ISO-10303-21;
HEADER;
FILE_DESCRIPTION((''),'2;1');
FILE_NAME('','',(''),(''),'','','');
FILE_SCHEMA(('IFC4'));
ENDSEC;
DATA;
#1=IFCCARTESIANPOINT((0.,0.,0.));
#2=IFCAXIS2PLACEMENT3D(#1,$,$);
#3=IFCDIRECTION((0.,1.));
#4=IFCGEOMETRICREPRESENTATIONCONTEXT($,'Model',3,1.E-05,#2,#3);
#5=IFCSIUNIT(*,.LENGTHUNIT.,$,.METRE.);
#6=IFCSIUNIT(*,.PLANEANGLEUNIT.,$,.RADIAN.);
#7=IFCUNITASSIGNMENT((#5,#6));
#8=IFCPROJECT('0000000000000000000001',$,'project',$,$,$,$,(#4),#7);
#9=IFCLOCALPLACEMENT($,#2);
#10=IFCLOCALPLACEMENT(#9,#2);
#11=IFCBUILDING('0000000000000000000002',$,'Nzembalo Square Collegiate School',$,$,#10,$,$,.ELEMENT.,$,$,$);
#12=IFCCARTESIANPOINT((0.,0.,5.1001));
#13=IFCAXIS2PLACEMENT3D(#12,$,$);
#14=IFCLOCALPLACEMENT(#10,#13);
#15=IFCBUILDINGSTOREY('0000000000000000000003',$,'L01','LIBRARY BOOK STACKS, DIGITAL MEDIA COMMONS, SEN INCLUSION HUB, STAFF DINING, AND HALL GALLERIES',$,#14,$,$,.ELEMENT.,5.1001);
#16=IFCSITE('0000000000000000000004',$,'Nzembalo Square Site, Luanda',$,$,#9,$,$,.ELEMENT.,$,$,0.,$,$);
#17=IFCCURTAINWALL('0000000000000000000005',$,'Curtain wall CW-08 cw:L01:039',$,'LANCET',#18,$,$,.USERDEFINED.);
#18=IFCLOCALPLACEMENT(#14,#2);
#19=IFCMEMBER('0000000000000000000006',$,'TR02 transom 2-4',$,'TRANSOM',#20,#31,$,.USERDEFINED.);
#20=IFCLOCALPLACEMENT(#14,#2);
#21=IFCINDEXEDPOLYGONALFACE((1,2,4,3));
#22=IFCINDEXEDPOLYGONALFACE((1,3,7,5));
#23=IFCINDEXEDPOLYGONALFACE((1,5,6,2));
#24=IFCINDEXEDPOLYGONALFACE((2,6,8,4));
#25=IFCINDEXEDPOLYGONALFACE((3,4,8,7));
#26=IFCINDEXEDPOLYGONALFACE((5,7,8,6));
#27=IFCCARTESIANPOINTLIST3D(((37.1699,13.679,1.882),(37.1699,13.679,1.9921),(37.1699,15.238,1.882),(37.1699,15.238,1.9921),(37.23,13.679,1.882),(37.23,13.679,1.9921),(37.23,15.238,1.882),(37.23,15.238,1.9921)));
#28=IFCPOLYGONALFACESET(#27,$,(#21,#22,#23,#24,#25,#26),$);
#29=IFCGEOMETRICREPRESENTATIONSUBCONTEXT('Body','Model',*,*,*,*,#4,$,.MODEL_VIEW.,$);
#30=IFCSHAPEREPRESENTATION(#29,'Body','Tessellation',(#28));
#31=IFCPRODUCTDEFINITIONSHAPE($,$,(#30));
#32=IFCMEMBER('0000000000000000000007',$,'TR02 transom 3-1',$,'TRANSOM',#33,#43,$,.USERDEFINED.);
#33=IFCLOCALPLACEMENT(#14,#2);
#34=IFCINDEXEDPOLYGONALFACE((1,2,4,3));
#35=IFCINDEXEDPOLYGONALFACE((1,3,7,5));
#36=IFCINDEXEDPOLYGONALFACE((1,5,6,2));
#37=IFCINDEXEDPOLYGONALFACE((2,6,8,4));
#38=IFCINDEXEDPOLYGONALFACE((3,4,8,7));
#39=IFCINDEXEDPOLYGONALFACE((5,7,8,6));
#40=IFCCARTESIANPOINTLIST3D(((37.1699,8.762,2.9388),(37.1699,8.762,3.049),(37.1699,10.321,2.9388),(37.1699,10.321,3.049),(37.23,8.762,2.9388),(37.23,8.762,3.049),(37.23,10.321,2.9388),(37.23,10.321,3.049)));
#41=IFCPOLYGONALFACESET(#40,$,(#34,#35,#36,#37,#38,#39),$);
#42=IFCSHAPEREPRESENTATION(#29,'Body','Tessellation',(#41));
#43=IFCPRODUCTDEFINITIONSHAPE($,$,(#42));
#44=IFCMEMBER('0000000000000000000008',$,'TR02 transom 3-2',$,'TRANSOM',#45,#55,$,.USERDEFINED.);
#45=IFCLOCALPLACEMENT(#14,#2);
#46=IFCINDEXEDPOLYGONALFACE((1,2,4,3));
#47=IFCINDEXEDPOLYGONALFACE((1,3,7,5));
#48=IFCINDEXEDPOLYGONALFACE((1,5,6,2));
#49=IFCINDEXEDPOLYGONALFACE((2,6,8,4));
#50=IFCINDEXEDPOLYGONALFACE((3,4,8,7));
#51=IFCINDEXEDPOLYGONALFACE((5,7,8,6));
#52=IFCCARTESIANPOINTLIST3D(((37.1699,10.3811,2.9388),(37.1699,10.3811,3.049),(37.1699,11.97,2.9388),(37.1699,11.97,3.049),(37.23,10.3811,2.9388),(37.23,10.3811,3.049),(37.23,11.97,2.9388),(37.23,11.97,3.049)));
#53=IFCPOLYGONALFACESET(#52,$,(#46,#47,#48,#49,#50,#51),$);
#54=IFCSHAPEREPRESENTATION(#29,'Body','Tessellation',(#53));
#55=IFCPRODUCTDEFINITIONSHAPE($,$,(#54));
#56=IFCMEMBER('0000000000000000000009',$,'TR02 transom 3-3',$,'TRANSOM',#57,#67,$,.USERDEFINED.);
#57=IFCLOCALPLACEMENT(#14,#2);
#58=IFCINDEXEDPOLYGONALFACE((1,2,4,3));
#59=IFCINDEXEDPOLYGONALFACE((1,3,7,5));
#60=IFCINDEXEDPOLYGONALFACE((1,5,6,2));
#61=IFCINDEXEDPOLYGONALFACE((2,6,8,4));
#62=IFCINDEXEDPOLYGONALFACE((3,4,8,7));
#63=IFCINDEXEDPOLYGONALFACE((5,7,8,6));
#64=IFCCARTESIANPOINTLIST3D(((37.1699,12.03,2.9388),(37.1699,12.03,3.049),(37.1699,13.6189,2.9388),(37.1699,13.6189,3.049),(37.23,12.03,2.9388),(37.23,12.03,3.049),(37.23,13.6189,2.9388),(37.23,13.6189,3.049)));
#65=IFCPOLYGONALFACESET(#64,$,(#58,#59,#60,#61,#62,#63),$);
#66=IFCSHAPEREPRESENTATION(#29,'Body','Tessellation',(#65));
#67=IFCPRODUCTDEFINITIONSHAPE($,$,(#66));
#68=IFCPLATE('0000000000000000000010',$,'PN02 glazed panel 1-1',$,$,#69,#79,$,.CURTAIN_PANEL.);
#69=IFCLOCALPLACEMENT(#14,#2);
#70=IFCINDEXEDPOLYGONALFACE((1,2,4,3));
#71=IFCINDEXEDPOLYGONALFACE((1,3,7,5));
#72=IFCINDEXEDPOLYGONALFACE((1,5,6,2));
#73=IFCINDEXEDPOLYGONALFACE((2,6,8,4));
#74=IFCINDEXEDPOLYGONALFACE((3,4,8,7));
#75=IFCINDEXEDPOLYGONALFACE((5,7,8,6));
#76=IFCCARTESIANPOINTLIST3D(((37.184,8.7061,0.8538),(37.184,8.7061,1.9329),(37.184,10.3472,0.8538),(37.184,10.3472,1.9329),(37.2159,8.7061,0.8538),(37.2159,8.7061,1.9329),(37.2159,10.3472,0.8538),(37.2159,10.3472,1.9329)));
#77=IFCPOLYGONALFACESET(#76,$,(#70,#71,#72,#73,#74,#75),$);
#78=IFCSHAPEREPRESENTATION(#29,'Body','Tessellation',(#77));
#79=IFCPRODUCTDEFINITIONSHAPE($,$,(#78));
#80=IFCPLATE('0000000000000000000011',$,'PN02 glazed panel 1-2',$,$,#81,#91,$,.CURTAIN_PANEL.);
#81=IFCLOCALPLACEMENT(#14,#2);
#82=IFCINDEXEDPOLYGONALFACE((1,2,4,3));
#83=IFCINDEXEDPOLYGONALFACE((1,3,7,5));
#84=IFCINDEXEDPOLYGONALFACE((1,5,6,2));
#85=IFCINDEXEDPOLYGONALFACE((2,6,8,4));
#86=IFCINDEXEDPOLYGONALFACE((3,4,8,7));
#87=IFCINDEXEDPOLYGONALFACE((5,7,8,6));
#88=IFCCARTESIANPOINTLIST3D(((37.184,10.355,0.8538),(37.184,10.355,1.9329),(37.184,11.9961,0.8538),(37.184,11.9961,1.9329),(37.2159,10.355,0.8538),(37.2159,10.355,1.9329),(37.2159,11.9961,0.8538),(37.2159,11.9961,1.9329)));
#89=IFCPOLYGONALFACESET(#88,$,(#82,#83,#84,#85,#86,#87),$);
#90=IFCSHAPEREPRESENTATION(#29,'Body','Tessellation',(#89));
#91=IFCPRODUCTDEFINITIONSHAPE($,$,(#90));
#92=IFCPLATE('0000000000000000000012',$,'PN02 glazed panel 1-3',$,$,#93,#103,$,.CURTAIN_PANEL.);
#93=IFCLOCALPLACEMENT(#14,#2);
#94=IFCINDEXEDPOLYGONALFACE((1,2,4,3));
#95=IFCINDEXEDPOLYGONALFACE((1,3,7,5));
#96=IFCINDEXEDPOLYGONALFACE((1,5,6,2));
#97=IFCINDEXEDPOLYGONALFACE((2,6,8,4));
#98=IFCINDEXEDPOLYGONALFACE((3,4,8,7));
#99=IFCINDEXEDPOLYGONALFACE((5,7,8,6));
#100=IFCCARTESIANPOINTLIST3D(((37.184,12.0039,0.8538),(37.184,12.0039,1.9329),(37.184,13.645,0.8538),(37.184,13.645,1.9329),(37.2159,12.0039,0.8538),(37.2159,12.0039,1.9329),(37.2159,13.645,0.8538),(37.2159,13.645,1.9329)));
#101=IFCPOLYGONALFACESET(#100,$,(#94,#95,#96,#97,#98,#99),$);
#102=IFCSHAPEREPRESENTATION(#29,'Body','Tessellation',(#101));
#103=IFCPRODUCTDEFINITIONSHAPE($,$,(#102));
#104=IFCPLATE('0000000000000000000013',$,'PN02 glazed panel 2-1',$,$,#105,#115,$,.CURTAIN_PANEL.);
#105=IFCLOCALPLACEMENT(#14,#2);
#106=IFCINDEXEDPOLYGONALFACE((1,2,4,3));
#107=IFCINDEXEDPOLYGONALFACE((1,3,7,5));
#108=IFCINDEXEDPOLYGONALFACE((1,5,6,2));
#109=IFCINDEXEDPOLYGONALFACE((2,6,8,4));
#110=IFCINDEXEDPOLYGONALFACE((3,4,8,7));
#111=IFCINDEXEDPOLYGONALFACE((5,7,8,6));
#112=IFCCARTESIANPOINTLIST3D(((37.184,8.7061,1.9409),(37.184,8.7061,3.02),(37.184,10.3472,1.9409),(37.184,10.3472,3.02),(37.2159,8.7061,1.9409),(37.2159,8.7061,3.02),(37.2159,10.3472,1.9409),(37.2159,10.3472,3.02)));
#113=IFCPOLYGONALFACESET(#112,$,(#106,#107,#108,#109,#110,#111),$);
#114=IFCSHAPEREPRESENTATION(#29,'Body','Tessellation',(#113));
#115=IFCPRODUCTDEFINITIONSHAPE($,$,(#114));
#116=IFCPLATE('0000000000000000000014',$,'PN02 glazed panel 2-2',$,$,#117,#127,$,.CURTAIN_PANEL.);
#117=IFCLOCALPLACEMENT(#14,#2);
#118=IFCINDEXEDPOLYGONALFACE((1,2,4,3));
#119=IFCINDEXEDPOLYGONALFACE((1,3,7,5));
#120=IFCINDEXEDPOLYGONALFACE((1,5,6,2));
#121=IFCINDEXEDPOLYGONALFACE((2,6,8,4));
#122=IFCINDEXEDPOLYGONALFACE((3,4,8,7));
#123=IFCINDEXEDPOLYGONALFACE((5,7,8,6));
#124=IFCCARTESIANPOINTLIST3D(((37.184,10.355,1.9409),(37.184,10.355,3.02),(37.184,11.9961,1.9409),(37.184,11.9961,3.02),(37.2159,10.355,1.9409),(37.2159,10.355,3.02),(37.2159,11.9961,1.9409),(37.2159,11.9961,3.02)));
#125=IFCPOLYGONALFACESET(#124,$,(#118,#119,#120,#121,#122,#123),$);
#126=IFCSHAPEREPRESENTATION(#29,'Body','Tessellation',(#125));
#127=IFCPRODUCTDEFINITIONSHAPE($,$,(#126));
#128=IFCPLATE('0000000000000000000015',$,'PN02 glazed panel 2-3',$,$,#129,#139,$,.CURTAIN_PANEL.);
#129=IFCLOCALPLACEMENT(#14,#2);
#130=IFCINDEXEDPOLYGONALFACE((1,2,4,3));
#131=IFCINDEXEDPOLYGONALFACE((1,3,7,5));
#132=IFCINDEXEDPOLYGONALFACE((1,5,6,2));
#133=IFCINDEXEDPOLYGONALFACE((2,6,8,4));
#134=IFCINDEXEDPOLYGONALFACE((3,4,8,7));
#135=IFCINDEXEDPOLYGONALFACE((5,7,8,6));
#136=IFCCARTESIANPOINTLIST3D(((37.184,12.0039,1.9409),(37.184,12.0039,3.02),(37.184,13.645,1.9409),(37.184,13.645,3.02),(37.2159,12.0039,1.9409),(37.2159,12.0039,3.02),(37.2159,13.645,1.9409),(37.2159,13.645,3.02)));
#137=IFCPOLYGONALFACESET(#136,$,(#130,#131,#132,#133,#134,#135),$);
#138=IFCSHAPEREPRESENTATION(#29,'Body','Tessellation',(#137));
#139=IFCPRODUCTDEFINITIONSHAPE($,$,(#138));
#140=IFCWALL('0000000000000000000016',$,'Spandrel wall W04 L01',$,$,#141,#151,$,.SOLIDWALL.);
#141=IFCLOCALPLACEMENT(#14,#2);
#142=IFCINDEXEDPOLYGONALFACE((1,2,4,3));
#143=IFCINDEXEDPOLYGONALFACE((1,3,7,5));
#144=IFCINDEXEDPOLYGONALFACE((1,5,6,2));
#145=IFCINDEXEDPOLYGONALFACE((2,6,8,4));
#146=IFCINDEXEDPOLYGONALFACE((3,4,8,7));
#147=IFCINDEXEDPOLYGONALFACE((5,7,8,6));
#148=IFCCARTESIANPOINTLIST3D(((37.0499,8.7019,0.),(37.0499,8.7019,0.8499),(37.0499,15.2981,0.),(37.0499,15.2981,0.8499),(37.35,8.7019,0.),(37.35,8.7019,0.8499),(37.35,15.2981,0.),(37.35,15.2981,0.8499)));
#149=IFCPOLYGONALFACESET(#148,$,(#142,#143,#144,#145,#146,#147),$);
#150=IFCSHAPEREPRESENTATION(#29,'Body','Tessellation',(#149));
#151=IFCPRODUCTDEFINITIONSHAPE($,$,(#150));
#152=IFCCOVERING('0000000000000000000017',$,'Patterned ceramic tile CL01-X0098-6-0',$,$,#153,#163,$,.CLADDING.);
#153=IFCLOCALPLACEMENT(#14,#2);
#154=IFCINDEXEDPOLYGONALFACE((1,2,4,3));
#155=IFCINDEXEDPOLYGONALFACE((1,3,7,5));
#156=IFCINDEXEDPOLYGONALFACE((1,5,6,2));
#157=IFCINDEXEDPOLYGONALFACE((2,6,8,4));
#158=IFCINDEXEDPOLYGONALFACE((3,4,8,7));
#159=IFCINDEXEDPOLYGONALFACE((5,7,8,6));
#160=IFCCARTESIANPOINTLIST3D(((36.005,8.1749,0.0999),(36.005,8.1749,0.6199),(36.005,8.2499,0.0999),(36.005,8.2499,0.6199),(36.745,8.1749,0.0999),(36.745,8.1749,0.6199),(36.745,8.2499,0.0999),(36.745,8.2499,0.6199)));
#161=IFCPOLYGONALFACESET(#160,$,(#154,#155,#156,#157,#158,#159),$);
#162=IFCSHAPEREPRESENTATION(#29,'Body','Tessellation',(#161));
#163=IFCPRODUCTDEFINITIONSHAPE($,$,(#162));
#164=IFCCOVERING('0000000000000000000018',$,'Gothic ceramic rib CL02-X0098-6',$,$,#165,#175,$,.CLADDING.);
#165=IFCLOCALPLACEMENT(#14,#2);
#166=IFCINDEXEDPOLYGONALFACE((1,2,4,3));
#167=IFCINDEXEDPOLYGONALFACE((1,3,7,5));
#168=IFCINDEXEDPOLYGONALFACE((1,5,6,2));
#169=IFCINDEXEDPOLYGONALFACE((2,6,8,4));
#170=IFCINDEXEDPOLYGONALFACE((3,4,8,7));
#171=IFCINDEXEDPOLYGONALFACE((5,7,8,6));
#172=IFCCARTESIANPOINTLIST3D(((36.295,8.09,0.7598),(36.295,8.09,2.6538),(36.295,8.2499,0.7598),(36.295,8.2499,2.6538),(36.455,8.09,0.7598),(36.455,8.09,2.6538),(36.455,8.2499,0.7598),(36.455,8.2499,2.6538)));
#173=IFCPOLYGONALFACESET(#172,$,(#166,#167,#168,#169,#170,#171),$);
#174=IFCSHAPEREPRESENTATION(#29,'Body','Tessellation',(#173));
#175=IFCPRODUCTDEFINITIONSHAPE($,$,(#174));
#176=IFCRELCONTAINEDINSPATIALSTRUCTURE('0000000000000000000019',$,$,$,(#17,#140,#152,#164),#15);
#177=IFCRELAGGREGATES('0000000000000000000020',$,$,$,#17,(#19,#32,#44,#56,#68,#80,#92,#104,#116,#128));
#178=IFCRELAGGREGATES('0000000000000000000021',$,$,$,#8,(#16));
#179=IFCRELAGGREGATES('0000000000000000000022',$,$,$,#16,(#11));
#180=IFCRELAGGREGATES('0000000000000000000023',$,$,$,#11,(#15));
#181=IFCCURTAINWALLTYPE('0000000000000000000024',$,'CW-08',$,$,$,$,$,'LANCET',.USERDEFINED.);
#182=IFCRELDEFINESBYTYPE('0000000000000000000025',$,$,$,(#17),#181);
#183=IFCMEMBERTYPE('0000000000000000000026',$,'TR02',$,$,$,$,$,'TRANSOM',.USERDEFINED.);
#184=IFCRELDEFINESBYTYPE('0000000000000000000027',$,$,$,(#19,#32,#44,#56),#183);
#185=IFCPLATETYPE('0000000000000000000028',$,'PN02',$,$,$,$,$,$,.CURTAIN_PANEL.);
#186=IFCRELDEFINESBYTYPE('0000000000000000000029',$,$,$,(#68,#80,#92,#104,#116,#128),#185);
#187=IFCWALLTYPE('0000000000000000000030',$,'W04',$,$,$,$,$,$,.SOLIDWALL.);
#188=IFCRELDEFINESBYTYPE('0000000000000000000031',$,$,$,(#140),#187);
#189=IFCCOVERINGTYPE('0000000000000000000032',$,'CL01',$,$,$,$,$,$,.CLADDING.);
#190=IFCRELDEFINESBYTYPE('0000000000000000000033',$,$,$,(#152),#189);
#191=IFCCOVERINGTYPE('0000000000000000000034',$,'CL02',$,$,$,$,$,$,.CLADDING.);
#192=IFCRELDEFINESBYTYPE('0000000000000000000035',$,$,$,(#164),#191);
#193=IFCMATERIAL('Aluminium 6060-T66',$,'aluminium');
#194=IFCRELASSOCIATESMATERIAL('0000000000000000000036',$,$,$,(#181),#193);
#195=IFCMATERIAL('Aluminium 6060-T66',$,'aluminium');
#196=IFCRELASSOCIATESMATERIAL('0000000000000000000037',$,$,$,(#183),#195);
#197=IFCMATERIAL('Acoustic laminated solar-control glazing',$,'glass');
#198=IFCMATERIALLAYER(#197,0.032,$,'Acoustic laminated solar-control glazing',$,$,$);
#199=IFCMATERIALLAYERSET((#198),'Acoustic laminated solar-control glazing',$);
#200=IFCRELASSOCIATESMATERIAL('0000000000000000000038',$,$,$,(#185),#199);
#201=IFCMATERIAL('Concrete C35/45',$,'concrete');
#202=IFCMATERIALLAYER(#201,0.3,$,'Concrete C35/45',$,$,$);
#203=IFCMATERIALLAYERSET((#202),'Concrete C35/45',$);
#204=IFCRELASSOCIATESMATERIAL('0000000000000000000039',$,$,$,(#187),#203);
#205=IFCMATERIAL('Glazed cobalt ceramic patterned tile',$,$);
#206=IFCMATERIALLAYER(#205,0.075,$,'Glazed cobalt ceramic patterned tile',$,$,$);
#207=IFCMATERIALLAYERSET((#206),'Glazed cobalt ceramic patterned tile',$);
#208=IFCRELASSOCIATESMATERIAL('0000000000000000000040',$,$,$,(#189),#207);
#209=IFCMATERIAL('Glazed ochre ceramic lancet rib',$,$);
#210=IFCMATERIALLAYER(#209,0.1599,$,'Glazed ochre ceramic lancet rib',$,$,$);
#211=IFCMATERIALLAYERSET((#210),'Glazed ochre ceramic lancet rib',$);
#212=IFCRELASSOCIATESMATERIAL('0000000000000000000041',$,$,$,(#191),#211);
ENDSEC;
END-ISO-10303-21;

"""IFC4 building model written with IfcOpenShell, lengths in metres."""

from ifc_helpers import new_model, si_unit, direction, frame, frame_2d, origin, origin_2d, place, context, subcontext, project, spatial, rectangle, extrude, material, layer, layer_set, material_profile, profile_set, type_object, element, aggregate, save


model = new_model("IFC4")

# Units and contexts
model_context = context("Model", 3, precision=1e-05, world=origin(), true_north=direction((0.0, 1.0)))
body_context = subcontext(model_context, "Body", "Model", "MODEL_VIEW")
ifc_project = project(units=[si_unit("LENGTHUNIT", "METRE"), si_unit("PLANEANGLEUNIT", "RADIAN")], contexts=[model_context])

# Site, building, storey
site_placement = place(None, origin())
site = spatial("IfcSite", under=ifc_project, at=site_placement, Name="Nzembalo Square Site, Luanda", CompositionType="ELEMENT", RefElevation=0.0)
building_placement = place(site_placement, origin())
building = spatial("IfcBuilding", under=site, at=building_placement, Name="Nzembalo Square Collegiate School", CompositionType="ELEMENT")
storey_placement = place(building_placement, frame((0.0, 0.0, 5.1001)))
storey = spatial("IfcBuildingStorey", under=building, at=storey_placement, Name="L01", Description="LIBRARY BOOK STACKS, DIGITAL MEDIA COMMONS, SEN INCLUSION HUB, STAFF DINING, AND HALL GALLERIES", CompositionType="ELEMENT", Elevation=5.1001)

# Curtain wall, members, plates
ifc_material_1 = material(Name="Aluminium 6060-T66", Category="aluminium")
curtain_wall_type = type_object("IfcCurtainWallType", Name="CW-08", ElementType="LANCET", PredefinedType="USERDEFINED", material=ifc_material_1)
curtain_wall_placement = place(storey_placement, origin())
curtain_wall = element("IfcCurtainWall", 1, at=curtain_wall_placement, inside=storey, type_object=curtain_wall_type, Name="Curtain wall CW-08 cw:L01:039", ObjectType="LANCET", PredefinedType="USERDEFINED")
ifc_material_2 = material(Name="Aluminium 6060-T66", Category="aluminium")
ifc_material_profile_1 = material_profile(ifc_material_2, rectangle(XDim=0.0601, YDim=0.1101, at=origin_2d()), Name="ALU T60x110")
ifc_profile_set_1 = profile_set([ifc_material_profile_1], Name="Aluminium 6060-T66")
member_type_1 = type_object("IfcMemberType", Name="TR02", ElementType="TRANSOM", PredefinedType="USERDEFINED", material=ifc_profile_set_1)
member_1_placement = place(storey_placement, frame((37.2, 13.679, 1.937), z_axis=(0.0, 1.0, 0.0), x_axis=(-1.0, 0.0, 0.0)))
member_1 = element("IfcMember", 2, at=member_1_placement, type_object=member_type_1, Name="TR02 transom 2-4", ObjectType="TRANSOM", PredefinedType="USERDEFINED", context=body_context, shape_type="SweptSolid", body=[
    extrude(rectangle(XDim=0.0601, YDim=0.1101, at=origin_2d()), origin(), (0.0, 0.0, 1.0), 1.5591),
])
member_2_placement = place(storey_placement, frame((37.2, 8.762, 2.9939), z_axis=(0.0, 1.0, 0.0), x_axis=(-1.0, 0.0, 0.0)))
member_2 = element("IfcMember", 3, at=member_2_placement, type_object=member_type_1, Name="TR02 transom 3-1", ObjectType="TRANSOM", PredefinedType="USERDEFINED", context=body_context, shape_type="SweptSolid", body=[
    extrude(rectangle(XDim=0.0601, YDim=0.1101, at=origin_2d()), origin(), (0.0, 0.0, 1.0), 1.5591),
])
member_3_placement = place(storey_placement, frame((37.2, 10.3811, 2.9939), z_axis=(0.0, 1.0, 0.0), x_axis=(-1.0, 0.0, 0.0)))
member_3 = element("IfcMember", 4, at=member_3_placement, type_object=member_type_1, Name="TR02 transom 3-2", ObjectType="TRANSOM", PredefinedType="USERDEFINED", context=body_context, shape_type="SweptSolid", body=[
    extrude(rectangle(XDim=0.0601, YDim=0.1101, at=origin_2d()), origin(), (0.0, 0.0, 1.0), 1.5889),
])
member_4_placement = place(storey_placement, frame((37.2, 12.03, 2.9939), z_axis=(0.0, 1.0, 0.0), x_axis=(-1.0, 0.0, 0.0)))
member_4 = element("IfcMember", 5, at=member_4_placement, type_object=member_type_1, Name="TR02 transom 3-3", ObjectType="TRANSOM", PredefinedType="USERDEFINED", context=body_context, shape_type="SweptSolid", body=[
    extrude(rectangle(XDim=0.0601, YDim=0.1101, at=origin_2d()), origin(), (0.0, 0.0, 1.0), 1.5889),
])
ifc_material_3 = material(Name="Acoustic laminated solar-control glazing", Category="glass")
ifc_layer_1 = layer(ifc_material_3, 0.032, Name="Acoustic laminated solar-control glazing")
ifc_layer_set_1 = layer_set([ifc_layer_1], Name="Acoustic laminated solar-control glazing")
plate_type = type_object("IfcPlateType", Name="PN02", PredefinedType="CURTAIN_PANEL", material=ifc_layer_set_1)
plate_1_placement = place(storey_placement, frame((37.2, 9.5266, 0.8538), z_axis=(0.0, 0.0, 1.0), x_axis=(0.0, 1.0, 0.0)))
plate_1 = element("IfcPlate", 6, at=plate_1_placement, type_object=plate_type, Name="PN02 glazed panel 1-1", PredefinedType="CURTAIN_PANEL", context=body_context, shape_type="SweptSolid", body=[
    extrude(rectangle(XDim=1.6411, YDim=0.032, at=origin_2d()), origin(), (0.0, 0.0, 1.0), 1.0791),
])
plate_2_placement = place(storey_placement, frame((37.2, 11.1755, 0.8538), z_axis=(0.0, 0.0, 1.0), x_axis=(0.0, 1.0, 0.0)))
plate_2 = element("IfcPlate", 7, at=plate_2_placement, type_object=plate_type, Name="PN02 glazed panel 1-2", PredefinedType="CURTAIN_PANEL", context=body_context, shape_type="SweptSolid", body=[
    extrude(rectangle(XDim=1.6411, YDim=0.032, at=origin_2d()), origin(), (0.0, 0.0, 1.0), 1.0791),
])
plate_3_placement = place(storey_placement, frame((37.2, 12.8245, 0.8538), z_axis=(0.0, 0.0, 1.0), x_axis=(0.0, 1.0, 0.0)))
plate_3 = element("IfcPlate", 8, at=plate_3_placement, type_object=plate_type, Name="PN02 glazed panel 1-3", PredefinedType="CURTAIN_PANEL", context=body_context, shape_type="SweptSolid", body=[
    extrude(rectangle(XDim=1.6411, YDim=0.032, at=origin_2d()), origin(), (0.0, 0.0, 1.0), 1.0791),
])
plate_4_placement = place(storey_placement, frame((37.2, 9.5266, 1.9409), z_axis=(0.0, 0.0, 1.0), x_axis=(0.0, 1.0, 0.0)))
plate_4 = element("IfcPlate", 9, at=plate_4_placement, type_object=plate_type, Name="PN02 glazed panel 2-1", PredefinedType="CURTAIN_PANEL", context=body_context, shape_type="SweptSolid", body=[
    extrude(rectangle(XDim=1.6411, YDim=0.032, at=origin_2d()), origin(), (0.0, 0.0, 1.0), 1.0791),
])
plate_5_placement = place(storey_placement, frame((37.2, 11.1755, 1.9409), z_axis=(0.0, 0.0, 1.0), x_axis=(0.0, 1.0, 0.0)))
plate_5 = element("IfcPlate", 10, at=plate_5_placement, type_object=plate_type, Name="PN02 glazed panel 2-2", PredefinedType="CURTAIN_PANEL", context=body_context, shape_type="SweptSolid", body=[
    extrude(rectangle(XDim=1.6411, YDim=0.032, at=origin_2d()), origin(), (0.0, 0.0, 1.0), 1.0791),
])
plate_6_placement = place(storey_placement, frame((37.2, 12.8245, 1.9409), z_axis=(0.0, 0.0, 1.0), x_axis=(0.0, 1.0, 0.0)))
plate_6 = element("IfcPlate", 11, at=plate_6_placement, type_object=plate_type, Name="PN02 glazed panel 2-3", PredefinedType="CURTAIN_PANEL", context=body_context, shape_type="SweptSolid", body=[
    extrude(rectangle(XDim=1.6411, YDim=0.032, at=origin_2d()), origin(), (0.0, 0.0, 1.0), 1.0791),
])
aggregate(curtain_wall, [member_1, member_2, member_3, member_4, plate_1, plate_2, plate_3, plate_4, plate_5, plate_6])

# Wall
ifc_material_4 = material(Name="Concrete C35/45", Category="concrete")
ifc_layer_2 = layer(ifc_material_4, 0.3, Name="Concrete C35/45")
ifc_layer_set_2 = layer_set([ifc_layer_2], Name="Concrete C35/45")
wall_type = type_object("IfcWallType", Name="W04", PredefinedType="SOLIDWALL", material=ifc_layer_set_2)
wall_placement = place(storey_placement, frame((37.2, 8.7019, 0.0), z_axis=(0.0, 0.0, 1.0), x_axis=(0.0, 1.0, 0.0)))
element("IfcWall", 12, at=wall_placement, inside=storey, type_object=wall_type, Name="Spandrel wall W04 L01", PredefinedType="SOLIDWALL", context=body_context, shape_type="SweptSolid", body=[
    extrude(rectangle(XDim=6.5962, YDim=0.3, at=frame_2d((3.2981, 0.0))), origin(), (0.0, 0.0, 1.0), 0.8499),
])

# Coverings
ifc_material_5 = material(Name="Glazed cobalt ceramic patterned tile")
ifc_layer_3 = layer(ifc_material_5, 0.075, Name="Glazed cobalt ceramic patterned tile")
ifc_layer_set_3 = layer_set([ifc_layer_3], Name="Glazed cobalt ceramic patterned tile")
covering_type_1 = type_object("IfcCoveringType", Name="CL01", PredefinedType="CLADDING", material=ifc_layer_set_3)
covering_1_placement = place(storey_placement, frame((36.375, 8.2124, 0.0999), z_axis=(0.0, 0.0, 1.0), x_axis=(1.0, 0.0, 0.0)))
element("IfcCovering", 13, at=covering_1_placement, inside=storey, type_object=covering_type_1, Name="Patterned ceramic tile CL01-X0098-6-0", PredefinedType="CLADDING", context=body_context, shape_type="SweptSolid", body=[
    extrude(rectangle(XDim=0.74, YDim=0.075, at=origin_2d()), origin(), (0.0, 0.0, 1.0), 0.52),
])
ifc_material_6 = material(Name="Glazed ochre ceramic lancet rib")
ifc_layer_4 = layer(ifc_material_6, 0.1599, Name="Glazed ochre ceramic lancet rib")
ifc_layer_set_4 = layer_set([ifc_layer_4], Name="Glazed ochre ceramic lancet rib")
covering_type_2 = type_object("IfcCoveringType", Name="CL02", PredefinedType="CLADDING", material=ifc_layer_set_4)
covering_2_placement = place(storey_placement, frame((36.375, 8.1699, 0.7598), z_axis=(0.0, 0.0, 1.0), x_axis=(1.0, 0.0, 0.0)))
element("IfcCovering", 14, at=covering_2_placement, inside=storey, type_object=covering_type_2, Name="Gothic ceramic rib CL02-X0098-6", PredefinedType="CLADDING", context=body_context, shape_type="SweptSolid", body=[
    extrude(rectangle(XDim=0.1599, YDim=0.1599, at=origin_2d()), origin(), (0.0, 0.0, 1.0), 1.894),
])

save(model, "model.ifc")
